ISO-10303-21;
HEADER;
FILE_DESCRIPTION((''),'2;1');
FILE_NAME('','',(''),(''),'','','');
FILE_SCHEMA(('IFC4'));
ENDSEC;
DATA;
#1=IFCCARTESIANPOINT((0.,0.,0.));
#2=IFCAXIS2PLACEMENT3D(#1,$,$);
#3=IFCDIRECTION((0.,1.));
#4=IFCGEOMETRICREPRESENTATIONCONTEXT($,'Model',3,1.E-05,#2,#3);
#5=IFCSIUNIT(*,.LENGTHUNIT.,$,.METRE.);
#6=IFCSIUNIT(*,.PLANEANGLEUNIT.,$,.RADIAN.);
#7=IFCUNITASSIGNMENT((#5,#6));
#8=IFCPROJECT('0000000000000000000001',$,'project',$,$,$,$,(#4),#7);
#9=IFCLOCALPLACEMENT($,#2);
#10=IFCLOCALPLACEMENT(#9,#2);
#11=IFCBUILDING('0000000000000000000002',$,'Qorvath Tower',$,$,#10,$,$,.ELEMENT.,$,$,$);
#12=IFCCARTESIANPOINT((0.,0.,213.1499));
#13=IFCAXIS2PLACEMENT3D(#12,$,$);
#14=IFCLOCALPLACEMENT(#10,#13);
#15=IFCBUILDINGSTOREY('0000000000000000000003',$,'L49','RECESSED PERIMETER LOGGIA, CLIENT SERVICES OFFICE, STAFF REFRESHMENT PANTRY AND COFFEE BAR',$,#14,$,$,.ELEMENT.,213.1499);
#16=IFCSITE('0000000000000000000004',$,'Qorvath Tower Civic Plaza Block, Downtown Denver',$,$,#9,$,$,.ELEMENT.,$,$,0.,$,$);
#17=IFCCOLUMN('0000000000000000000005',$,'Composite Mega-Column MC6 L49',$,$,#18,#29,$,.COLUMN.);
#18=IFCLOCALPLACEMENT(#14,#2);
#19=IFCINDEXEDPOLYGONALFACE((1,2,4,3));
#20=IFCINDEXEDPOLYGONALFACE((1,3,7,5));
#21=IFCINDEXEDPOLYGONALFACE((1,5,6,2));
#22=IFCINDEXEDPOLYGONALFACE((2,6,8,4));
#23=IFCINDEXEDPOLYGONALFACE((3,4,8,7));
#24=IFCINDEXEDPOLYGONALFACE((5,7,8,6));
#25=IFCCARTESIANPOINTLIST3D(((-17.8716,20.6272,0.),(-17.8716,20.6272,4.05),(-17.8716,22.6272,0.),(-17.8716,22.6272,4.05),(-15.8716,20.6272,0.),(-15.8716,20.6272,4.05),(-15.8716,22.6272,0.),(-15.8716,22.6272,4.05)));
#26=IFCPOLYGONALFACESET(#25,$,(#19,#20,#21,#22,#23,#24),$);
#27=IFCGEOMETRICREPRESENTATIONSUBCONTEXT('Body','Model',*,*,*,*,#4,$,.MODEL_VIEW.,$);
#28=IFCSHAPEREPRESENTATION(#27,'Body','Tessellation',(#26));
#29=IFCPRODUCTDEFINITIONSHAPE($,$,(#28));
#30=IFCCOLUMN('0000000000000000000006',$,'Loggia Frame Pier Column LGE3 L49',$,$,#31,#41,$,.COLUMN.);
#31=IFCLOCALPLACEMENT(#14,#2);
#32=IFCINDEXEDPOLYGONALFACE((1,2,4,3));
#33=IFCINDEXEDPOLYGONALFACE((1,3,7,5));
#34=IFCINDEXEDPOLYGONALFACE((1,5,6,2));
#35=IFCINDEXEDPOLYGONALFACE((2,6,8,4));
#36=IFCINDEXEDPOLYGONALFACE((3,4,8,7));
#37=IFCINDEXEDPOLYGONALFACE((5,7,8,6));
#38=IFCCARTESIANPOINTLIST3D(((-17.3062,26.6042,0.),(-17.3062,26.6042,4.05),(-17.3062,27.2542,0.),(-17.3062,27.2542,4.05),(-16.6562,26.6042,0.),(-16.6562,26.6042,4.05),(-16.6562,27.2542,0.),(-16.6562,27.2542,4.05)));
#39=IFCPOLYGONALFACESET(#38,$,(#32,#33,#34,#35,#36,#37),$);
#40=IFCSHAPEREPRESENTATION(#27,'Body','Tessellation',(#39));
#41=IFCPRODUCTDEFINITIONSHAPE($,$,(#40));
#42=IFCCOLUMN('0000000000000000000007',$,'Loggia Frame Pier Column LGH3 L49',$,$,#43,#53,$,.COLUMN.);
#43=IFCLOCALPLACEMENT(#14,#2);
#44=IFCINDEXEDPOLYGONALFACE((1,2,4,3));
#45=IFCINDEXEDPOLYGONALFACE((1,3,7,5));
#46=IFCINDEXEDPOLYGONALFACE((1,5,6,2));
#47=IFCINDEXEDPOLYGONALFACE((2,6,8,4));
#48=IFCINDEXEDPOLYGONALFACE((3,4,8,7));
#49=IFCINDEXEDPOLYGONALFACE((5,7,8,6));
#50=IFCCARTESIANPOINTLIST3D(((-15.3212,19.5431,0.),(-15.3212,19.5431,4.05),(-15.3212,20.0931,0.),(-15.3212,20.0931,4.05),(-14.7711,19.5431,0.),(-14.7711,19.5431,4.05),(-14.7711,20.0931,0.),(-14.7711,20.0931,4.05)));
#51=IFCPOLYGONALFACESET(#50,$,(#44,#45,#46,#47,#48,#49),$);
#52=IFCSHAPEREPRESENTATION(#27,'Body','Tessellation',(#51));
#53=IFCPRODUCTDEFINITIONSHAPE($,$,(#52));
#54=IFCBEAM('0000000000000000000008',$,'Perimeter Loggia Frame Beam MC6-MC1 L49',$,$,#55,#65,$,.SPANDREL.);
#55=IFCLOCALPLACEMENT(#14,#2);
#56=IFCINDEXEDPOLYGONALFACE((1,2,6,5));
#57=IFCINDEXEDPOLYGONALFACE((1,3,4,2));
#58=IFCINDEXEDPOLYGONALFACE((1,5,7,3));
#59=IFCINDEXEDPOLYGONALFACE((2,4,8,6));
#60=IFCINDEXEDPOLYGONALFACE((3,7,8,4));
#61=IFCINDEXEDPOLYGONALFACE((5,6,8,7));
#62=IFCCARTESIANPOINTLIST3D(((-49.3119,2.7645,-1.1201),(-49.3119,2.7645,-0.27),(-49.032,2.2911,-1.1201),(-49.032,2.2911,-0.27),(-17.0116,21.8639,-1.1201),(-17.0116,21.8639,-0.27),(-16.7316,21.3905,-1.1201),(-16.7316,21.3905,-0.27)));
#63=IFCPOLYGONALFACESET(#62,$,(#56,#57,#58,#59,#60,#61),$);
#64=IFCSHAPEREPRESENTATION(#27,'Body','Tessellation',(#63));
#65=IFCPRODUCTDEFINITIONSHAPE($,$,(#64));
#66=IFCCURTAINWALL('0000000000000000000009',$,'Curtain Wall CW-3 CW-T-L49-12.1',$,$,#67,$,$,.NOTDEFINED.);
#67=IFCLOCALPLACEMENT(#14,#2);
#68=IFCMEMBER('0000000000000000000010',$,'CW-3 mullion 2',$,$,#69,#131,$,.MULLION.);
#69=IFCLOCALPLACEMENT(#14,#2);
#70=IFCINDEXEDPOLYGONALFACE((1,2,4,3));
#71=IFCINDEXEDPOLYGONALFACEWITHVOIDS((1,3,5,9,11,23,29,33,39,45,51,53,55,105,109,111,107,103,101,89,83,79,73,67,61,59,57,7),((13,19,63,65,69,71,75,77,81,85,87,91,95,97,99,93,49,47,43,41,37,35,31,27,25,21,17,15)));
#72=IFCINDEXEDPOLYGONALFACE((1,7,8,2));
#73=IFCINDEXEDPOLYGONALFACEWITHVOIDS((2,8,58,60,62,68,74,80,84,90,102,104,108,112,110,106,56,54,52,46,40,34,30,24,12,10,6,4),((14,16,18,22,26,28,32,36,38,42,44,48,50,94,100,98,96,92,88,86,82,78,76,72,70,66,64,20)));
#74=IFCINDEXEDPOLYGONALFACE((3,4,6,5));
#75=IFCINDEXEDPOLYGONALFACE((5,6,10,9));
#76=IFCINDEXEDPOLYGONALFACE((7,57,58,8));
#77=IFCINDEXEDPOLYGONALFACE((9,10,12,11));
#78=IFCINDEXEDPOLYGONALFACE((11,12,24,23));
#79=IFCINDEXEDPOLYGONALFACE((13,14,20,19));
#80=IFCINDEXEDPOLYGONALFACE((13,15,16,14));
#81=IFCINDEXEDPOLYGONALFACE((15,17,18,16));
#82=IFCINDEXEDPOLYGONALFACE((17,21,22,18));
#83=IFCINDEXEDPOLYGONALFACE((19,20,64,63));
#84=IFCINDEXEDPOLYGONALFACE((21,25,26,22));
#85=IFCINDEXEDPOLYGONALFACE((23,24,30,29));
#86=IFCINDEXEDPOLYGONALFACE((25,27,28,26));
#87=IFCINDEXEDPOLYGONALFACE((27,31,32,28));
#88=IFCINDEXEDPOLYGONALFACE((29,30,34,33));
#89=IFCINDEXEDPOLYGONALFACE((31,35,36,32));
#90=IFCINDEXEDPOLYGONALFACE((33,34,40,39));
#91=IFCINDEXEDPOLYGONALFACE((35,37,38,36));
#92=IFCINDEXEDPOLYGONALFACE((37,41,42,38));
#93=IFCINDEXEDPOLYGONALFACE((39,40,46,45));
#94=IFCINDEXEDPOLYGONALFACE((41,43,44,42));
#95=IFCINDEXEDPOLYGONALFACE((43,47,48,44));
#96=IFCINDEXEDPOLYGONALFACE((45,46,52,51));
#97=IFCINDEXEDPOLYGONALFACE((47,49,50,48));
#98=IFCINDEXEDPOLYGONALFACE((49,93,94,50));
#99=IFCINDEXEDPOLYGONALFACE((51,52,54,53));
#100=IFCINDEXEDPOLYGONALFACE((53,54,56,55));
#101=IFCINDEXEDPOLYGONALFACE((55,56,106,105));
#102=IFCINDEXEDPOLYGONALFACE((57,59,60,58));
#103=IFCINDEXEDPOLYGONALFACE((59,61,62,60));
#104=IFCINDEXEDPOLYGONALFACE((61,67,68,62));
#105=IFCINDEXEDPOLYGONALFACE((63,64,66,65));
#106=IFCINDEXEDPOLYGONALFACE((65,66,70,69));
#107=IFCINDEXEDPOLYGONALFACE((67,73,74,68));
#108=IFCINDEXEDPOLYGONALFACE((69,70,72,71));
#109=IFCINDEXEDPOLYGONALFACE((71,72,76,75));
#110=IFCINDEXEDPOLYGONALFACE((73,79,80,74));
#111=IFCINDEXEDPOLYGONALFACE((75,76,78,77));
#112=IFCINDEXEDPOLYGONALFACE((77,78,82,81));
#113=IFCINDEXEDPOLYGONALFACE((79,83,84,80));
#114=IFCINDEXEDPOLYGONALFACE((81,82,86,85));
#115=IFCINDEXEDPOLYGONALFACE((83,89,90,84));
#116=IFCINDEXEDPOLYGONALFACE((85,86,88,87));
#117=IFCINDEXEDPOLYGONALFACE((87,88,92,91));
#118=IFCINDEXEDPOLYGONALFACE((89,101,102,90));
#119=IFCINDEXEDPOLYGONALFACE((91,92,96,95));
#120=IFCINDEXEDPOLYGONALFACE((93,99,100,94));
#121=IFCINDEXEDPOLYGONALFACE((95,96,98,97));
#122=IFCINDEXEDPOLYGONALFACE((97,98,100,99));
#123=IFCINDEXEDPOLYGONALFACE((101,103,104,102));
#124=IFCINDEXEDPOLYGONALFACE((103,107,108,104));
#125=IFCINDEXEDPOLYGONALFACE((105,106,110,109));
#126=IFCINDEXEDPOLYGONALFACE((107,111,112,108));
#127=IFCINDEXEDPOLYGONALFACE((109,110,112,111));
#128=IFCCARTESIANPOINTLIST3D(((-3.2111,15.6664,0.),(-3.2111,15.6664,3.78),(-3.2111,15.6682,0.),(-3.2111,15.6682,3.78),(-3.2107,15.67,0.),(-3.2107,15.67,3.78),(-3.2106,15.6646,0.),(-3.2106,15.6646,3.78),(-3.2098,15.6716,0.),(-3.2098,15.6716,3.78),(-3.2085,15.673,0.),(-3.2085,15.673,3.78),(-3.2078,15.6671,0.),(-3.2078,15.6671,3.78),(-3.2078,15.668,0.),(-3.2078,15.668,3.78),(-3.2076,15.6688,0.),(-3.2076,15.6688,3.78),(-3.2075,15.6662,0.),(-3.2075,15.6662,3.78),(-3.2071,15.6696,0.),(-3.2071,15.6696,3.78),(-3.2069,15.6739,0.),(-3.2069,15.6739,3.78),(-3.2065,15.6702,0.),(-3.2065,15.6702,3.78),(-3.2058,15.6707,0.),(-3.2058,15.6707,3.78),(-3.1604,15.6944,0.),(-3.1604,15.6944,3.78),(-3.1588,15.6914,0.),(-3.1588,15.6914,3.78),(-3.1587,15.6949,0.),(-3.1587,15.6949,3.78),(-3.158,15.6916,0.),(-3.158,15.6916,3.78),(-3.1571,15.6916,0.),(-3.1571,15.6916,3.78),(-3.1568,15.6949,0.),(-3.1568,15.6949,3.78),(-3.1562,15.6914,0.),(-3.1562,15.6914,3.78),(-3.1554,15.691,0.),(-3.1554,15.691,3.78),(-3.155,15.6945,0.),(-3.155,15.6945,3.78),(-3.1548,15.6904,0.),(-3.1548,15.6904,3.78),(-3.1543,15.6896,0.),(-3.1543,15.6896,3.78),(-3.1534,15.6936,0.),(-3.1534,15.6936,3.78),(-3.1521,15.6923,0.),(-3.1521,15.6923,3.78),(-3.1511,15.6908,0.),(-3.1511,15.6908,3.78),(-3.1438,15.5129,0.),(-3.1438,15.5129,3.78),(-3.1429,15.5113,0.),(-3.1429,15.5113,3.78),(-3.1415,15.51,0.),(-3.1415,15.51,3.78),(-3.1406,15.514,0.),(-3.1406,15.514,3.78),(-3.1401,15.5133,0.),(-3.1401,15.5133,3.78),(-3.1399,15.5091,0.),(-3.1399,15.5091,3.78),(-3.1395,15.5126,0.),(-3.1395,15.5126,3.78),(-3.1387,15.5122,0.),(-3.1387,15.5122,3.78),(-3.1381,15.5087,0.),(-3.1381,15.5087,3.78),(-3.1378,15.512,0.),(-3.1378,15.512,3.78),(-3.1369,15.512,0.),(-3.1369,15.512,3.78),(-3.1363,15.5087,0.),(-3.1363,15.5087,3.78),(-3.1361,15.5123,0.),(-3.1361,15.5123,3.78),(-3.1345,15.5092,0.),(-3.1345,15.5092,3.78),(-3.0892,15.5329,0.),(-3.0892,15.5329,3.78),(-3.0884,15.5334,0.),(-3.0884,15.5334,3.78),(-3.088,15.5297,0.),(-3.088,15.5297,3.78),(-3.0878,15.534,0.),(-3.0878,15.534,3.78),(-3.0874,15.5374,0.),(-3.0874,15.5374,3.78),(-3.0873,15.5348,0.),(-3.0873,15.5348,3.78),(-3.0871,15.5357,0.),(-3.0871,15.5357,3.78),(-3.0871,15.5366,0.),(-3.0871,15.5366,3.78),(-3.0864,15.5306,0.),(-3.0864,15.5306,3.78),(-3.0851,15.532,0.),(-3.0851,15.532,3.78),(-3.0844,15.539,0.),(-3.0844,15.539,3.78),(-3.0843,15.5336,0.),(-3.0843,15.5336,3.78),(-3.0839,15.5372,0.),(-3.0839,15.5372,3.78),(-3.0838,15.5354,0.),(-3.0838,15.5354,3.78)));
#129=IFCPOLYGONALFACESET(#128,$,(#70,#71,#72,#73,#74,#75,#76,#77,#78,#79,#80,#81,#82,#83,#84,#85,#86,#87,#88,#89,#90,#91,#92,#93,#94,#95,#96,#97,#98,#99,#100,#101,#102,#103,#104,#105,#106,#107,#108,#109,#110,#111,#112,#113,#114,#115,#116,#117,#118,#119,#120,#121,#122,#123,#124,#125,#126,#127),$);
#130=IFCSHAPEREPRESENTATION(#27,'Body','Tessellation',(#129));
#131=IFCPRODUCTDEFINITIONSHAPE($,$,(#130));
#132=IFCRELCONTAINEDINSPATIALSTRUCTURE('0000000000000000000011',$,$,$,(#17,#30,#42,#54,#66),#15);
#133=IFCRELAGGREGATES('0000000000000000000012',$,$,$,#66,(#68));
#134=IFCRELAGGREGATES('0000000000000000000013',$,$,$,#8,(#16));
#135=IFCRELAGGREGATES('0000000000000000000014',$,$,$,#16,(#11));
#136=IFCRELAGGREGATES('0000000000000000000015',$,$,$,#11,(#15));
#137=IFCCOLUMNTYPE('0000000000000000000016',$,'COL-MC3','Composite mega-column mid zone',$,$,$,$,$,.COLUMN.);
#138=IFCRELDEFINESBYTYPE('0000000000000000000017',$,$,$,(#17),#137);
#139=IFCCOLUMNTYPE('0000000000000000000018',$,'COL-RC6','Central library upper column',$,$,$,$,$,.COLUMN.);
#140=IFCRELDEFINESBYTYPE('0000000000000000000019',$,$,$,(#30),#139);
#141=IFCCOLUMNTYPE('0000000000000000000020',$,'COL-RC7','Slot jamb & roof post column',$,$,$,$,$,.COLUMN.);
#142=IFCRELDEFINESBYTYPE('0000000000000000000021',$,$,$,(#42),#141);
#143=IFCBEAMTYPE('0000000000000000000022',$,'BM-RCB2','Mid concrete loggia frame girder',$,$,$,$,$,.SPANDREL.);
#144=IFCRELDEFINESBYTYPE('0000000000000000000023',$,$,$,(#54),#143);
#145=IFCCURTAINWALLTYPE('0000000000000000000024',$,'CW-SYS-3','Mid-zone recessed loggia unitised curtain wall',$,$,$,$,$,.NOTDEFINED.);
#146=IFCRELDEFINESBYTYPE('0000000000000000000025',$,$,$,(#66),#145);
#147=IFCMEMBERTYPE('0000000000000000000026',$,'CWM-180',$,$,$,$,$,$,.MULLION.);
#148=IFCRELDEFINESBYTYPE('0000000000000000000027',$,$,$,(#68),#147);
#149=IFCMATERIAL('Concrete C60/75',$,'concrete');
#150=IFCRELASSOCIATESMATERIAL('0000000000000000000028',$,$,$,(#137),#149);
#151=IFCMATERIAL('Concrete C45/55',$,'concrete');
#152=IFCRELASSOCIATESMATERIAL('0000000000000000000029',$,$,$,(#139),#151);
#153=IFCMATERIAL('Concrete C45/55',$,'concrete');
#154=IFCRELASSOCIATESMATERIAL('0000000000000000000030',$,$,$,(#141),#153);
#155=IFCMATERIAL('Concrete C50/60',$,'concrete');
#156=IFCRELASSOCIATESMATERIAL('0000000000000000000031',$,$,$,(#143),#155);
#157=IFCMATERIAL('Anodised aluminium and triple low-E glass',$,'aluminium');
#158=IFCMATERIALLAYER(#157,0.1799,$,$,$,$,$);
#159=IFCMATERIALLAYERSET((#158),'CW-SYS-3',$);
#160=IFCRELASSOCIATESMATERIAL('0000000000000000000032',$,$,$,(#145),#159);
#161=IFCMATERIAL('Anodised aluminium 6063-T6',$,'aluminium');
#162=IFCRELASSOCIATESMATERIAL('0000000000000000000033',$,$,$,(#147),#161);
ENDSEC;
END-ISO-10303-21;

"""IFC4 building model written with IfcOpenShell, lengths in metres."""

from ifc_helpers import new_model, si_unit, direction, frame, origin, origin_2d, place, context, subcontext, project, spatial, rectangle, hollow_rectangle, extrude, material, layer, layer_set, material_profile, profile_set, type_object, element, aggregate, save


model = new_model("IFC4")

# Units and contexts
model_context = context("Model", 3, precision=1e-05, world=origin(), true_north=direction((0.0, 1.0)))
body_context = subcontext(model_context, "Body", "Model", "MODEL_VIEW")
ifc_project = project(units=[si_unit("LENGTHUNIT", "METRE"), si_unit("PLANEANGLEUNIT", "RADIAN")], contexts=[model_context])

# Site, building, storey
site_placement = place(None, origin())
site = spatial("IfcSite", under=ifc_project, at=site_placement, Name="Qorvath Tower Civic Plaza Block, Downtown Denver", CompositionType="ELEMENT", RefElevation=0.0)
building_placement = place(site_placement, origin())
building = spatial("IfcBuilding", under=site, at=building_placement, Name="Qorvath Tower", CompositionType="ELEMENT")
storey_placement = place(building_placement, frame((0.0, 0.0, 213.1499)))
storey = spatial("IfcBuildingStorey", under=building, at=storey_placement, Name="L49", Description="RECESSED PERIMETER LOGGIA, CLIENT SERVICES OFFICE, STAFF REFRESHMENT PANTRY AND COFFEE BAR", CompositionType="ELEMENT", Elevation=213.1499)

# Columns
ifc_material_1 = material(Name="Concrete C60/75", Category="concrete")
ifc_material_profile_1 = material_profile(ifc_material_1, rectangle(XDim=2.0, YDim=2.0, at=origin_2d()), Name="MC 2000x2000")
ifc_profile_set_1 = profile_set([ifc_material_profile_1], Name="Concrete C60/75")
column_type_1 = type_object("IfcColumnType", Name="COL-MC3", Description="Composite mega-column mid zone", PredefinedType="COLUMN", material=ifc_profile_set_1)
column_1_placement = place(storey_placement, frame((-16.8716, 21.6272, 0.0), z_axis=(0.0, 0.0, 1.0), x_axis=(1.0, 0.0, 0.0)))
element("IfcColumn", 1, at=column_1_placement, inside=storey, type_object=column_type_1, Name="Composite Mega-Column MC6 L49", PredefinedType="COLUMN", context=body_context, shape_type="SweptSolid", body=[
    extrude(rectangle(XDim=2.0, YDim=2.0, at=origin_2d()), origin(), (0.0, 0.0, 1.0), 4.05),
])
ifc_material_2 = material(Name="Concrete C45/55", Category="concrete")
ifc_material_profile_2 = material_profile(ifc_material_2, rectangle(XDim=0.6499, YDim=0.6499, at=origin_2d()), Name="RC 650x650")
ifc_profile_set_2 = profile_set([ifc_material_profile_2], Name="Concrete C45/55")
column_type_2 = type_object("IfcColumnType", Name="COL-RC6", Description="Central library upper column", PredefinedType="COLUMN", material=ifc_profile_set_2)
column_2_placement = place(storey_placement, frame((-16.9812, 26.9292, 0.0), z_axis=(0.0, 0.0, 1.0), x_axis=(1.0, 0.0, 0.0)))
element("IfcColumn", 2, at=column_2_placement, inside=storey, type_object=column_type_2, Name="Loggia Frame Pier Column LGE3 L49", PredefinedType="COLUMN", context=body_context, shape_type="SweptSolid", body=[
    extrude(rectangle(XDim=0.6499, YDim=0.6499, at=origin_2d()), origin(), (0.0, 0.0, 1.0), 4.05),
])
ifc_material_3 = material(Name="Concrete C45/55", Category="concrete")
ifc_material_profile_3 = material_profile(ifc_material_3, rectangle(XDim=0.55, YDim=0.55, at=origin_2d()), Name="RC 550x550")
ifc_profile_set_3 = profile_set([ifc_material_profile_3], Name="Concrete C45/55")
column_type_3 = type_object("IfcColumnType", Name="COL-RC7", Description="Slot jamb & roof post column", PredefinedType="COLUMN", material=ifc_profile_set_3)
column_3_placement = place(storey_placement, frame((-15.0461, 19.8181, 0.0), z_axis=(0.0, 0.0, 1.0), x_axis=(1.0, 0.0, 0.0)))
element("IfcColumn", 3, at=column_3_placement, inside=storey, type_object=column_type_3, Name="Loggia Frame Pier Column LGH3 L49", PredefinedType="COLUMN", context=body_context, shape_type="SweptSolid", body=[
    extrude(rectangle(XDim=0.55, YDim=0.55, at=origin_2d()), origin(), (0.0, 0.0, 1.0), 4.05),
])

# Beam
ifc_material_4 = material(Name="Concrete C50/60", Category="concrete")
ifc_material_profile_4 = material_profile(ifc_material_4, rectangle(XDim=0.55, YDim=0.8501, at=origin_2d()), Name="RCB 850x550")
ifc_profile_set_4 = profile_set([ifc_material_profile_4], Name="Concrete C50/60")
beam_type = type_object("IfcBeamType", Name="BM-RCB2", Description="Mid concrete loggia frame girder", PredefinedType="SPANDREL", material=ifc_profile_set_4)
beam_placement = place(storey_placement, frame((-16.8716, 21.6272, -0.6951), z_axis=(-0.860777, -0.508983, 0.0), x_axis=(0.508983, -0.860777, 0.0)))
element("IfcBeam", 4, at=beam_placement, inside=storey, type_object=beam_type, Name="Perimeter Loggia Frame Beam MC6-MC1 L49", PredefinedType="SPANDREL", context=body_context, shape_type="SweptSolid", body=[
    extrude(rectangle(XDim=0.55, YDim=0.8501, at=origin_2d()), origin(), (0.0, 0.0, 1.0), 37.5247),
])

# Curtain wall, member
ifc_material_5 = material(Name="Anodised aluminium and triple low-E glass", Category="aluminium")
ifc_layer_1 = layer(ifc_material_5, 0.1799)
ifc_layer_set_1 = layer_set([ifc_layer_1], Name="CW-SYS-3")
curtain_wall_type = type_object("IfcCurtainWallType", Name="CW-SYS-3", Description="Mid-zone recessed loggia unitised curtain wall", PredefinedType="NOTDEFINED", material=ifc_layer_set_1)
curtain_wall_1_placement = place(storey_placement, origin())
curtain_wall_1 = element("IfcCurtainWall", 5, at=curtain_wall_1_placement, inside=storey, type_object=curtain_wall_type, Name="Curtain Wall CW-3 CW-T-L49-12.1", PredefinedType="NOTDEFINED")
ifc_material_6 = material(Name="Anodised aluminium 6063-T6", Category="aluminium")
ifc_material_profile_5 = material_profile(ifc_material_6, hollow_rectangle(XDim=0.0649, YDim=0.1799, WallThickness=0.0034, InnerFilletRadius=0.0034, OuterFilletRadius=0.0071, at=origin_2d()), Name="CWM 180x65")
ifc_profile_set_5 = profile_set([ifc_material_profile_5], Name="Anodised aluminium 6063-T6")
member_type_1 = type_object("IfcMemberType", Name="CWM-180", PredefinedType="MULLION", material=ifc_profile_set_5)
member_1_placement = place(storey_placement, frame((-3.1475, 15.6018, 0.0), z_axis=(0.0, 0.0, 1.0), x_axis=(-0.915381, -0.402589, 0.0)))
member_1 = element("IfcMember", 6, at=member_1_placement, type_object=member_type_1, Name="CW-3 mullion 2", PredefinedType="MULLION", context=body_context, shape_type="SweptSolid", body=[
    extrude(hollow_rectangle(XDim=0.0649, YDim=0.1799, WallThickness=0.0034, InnerFilletRadius=0.0034, OuterFilletRadius=0.0071, at=origin_2d()), origin(), (0.0, 0.0, 1.0), 3.78),
])
aggregate(curtain_wall_1, [member_1])

save(model, "model.ifc")
